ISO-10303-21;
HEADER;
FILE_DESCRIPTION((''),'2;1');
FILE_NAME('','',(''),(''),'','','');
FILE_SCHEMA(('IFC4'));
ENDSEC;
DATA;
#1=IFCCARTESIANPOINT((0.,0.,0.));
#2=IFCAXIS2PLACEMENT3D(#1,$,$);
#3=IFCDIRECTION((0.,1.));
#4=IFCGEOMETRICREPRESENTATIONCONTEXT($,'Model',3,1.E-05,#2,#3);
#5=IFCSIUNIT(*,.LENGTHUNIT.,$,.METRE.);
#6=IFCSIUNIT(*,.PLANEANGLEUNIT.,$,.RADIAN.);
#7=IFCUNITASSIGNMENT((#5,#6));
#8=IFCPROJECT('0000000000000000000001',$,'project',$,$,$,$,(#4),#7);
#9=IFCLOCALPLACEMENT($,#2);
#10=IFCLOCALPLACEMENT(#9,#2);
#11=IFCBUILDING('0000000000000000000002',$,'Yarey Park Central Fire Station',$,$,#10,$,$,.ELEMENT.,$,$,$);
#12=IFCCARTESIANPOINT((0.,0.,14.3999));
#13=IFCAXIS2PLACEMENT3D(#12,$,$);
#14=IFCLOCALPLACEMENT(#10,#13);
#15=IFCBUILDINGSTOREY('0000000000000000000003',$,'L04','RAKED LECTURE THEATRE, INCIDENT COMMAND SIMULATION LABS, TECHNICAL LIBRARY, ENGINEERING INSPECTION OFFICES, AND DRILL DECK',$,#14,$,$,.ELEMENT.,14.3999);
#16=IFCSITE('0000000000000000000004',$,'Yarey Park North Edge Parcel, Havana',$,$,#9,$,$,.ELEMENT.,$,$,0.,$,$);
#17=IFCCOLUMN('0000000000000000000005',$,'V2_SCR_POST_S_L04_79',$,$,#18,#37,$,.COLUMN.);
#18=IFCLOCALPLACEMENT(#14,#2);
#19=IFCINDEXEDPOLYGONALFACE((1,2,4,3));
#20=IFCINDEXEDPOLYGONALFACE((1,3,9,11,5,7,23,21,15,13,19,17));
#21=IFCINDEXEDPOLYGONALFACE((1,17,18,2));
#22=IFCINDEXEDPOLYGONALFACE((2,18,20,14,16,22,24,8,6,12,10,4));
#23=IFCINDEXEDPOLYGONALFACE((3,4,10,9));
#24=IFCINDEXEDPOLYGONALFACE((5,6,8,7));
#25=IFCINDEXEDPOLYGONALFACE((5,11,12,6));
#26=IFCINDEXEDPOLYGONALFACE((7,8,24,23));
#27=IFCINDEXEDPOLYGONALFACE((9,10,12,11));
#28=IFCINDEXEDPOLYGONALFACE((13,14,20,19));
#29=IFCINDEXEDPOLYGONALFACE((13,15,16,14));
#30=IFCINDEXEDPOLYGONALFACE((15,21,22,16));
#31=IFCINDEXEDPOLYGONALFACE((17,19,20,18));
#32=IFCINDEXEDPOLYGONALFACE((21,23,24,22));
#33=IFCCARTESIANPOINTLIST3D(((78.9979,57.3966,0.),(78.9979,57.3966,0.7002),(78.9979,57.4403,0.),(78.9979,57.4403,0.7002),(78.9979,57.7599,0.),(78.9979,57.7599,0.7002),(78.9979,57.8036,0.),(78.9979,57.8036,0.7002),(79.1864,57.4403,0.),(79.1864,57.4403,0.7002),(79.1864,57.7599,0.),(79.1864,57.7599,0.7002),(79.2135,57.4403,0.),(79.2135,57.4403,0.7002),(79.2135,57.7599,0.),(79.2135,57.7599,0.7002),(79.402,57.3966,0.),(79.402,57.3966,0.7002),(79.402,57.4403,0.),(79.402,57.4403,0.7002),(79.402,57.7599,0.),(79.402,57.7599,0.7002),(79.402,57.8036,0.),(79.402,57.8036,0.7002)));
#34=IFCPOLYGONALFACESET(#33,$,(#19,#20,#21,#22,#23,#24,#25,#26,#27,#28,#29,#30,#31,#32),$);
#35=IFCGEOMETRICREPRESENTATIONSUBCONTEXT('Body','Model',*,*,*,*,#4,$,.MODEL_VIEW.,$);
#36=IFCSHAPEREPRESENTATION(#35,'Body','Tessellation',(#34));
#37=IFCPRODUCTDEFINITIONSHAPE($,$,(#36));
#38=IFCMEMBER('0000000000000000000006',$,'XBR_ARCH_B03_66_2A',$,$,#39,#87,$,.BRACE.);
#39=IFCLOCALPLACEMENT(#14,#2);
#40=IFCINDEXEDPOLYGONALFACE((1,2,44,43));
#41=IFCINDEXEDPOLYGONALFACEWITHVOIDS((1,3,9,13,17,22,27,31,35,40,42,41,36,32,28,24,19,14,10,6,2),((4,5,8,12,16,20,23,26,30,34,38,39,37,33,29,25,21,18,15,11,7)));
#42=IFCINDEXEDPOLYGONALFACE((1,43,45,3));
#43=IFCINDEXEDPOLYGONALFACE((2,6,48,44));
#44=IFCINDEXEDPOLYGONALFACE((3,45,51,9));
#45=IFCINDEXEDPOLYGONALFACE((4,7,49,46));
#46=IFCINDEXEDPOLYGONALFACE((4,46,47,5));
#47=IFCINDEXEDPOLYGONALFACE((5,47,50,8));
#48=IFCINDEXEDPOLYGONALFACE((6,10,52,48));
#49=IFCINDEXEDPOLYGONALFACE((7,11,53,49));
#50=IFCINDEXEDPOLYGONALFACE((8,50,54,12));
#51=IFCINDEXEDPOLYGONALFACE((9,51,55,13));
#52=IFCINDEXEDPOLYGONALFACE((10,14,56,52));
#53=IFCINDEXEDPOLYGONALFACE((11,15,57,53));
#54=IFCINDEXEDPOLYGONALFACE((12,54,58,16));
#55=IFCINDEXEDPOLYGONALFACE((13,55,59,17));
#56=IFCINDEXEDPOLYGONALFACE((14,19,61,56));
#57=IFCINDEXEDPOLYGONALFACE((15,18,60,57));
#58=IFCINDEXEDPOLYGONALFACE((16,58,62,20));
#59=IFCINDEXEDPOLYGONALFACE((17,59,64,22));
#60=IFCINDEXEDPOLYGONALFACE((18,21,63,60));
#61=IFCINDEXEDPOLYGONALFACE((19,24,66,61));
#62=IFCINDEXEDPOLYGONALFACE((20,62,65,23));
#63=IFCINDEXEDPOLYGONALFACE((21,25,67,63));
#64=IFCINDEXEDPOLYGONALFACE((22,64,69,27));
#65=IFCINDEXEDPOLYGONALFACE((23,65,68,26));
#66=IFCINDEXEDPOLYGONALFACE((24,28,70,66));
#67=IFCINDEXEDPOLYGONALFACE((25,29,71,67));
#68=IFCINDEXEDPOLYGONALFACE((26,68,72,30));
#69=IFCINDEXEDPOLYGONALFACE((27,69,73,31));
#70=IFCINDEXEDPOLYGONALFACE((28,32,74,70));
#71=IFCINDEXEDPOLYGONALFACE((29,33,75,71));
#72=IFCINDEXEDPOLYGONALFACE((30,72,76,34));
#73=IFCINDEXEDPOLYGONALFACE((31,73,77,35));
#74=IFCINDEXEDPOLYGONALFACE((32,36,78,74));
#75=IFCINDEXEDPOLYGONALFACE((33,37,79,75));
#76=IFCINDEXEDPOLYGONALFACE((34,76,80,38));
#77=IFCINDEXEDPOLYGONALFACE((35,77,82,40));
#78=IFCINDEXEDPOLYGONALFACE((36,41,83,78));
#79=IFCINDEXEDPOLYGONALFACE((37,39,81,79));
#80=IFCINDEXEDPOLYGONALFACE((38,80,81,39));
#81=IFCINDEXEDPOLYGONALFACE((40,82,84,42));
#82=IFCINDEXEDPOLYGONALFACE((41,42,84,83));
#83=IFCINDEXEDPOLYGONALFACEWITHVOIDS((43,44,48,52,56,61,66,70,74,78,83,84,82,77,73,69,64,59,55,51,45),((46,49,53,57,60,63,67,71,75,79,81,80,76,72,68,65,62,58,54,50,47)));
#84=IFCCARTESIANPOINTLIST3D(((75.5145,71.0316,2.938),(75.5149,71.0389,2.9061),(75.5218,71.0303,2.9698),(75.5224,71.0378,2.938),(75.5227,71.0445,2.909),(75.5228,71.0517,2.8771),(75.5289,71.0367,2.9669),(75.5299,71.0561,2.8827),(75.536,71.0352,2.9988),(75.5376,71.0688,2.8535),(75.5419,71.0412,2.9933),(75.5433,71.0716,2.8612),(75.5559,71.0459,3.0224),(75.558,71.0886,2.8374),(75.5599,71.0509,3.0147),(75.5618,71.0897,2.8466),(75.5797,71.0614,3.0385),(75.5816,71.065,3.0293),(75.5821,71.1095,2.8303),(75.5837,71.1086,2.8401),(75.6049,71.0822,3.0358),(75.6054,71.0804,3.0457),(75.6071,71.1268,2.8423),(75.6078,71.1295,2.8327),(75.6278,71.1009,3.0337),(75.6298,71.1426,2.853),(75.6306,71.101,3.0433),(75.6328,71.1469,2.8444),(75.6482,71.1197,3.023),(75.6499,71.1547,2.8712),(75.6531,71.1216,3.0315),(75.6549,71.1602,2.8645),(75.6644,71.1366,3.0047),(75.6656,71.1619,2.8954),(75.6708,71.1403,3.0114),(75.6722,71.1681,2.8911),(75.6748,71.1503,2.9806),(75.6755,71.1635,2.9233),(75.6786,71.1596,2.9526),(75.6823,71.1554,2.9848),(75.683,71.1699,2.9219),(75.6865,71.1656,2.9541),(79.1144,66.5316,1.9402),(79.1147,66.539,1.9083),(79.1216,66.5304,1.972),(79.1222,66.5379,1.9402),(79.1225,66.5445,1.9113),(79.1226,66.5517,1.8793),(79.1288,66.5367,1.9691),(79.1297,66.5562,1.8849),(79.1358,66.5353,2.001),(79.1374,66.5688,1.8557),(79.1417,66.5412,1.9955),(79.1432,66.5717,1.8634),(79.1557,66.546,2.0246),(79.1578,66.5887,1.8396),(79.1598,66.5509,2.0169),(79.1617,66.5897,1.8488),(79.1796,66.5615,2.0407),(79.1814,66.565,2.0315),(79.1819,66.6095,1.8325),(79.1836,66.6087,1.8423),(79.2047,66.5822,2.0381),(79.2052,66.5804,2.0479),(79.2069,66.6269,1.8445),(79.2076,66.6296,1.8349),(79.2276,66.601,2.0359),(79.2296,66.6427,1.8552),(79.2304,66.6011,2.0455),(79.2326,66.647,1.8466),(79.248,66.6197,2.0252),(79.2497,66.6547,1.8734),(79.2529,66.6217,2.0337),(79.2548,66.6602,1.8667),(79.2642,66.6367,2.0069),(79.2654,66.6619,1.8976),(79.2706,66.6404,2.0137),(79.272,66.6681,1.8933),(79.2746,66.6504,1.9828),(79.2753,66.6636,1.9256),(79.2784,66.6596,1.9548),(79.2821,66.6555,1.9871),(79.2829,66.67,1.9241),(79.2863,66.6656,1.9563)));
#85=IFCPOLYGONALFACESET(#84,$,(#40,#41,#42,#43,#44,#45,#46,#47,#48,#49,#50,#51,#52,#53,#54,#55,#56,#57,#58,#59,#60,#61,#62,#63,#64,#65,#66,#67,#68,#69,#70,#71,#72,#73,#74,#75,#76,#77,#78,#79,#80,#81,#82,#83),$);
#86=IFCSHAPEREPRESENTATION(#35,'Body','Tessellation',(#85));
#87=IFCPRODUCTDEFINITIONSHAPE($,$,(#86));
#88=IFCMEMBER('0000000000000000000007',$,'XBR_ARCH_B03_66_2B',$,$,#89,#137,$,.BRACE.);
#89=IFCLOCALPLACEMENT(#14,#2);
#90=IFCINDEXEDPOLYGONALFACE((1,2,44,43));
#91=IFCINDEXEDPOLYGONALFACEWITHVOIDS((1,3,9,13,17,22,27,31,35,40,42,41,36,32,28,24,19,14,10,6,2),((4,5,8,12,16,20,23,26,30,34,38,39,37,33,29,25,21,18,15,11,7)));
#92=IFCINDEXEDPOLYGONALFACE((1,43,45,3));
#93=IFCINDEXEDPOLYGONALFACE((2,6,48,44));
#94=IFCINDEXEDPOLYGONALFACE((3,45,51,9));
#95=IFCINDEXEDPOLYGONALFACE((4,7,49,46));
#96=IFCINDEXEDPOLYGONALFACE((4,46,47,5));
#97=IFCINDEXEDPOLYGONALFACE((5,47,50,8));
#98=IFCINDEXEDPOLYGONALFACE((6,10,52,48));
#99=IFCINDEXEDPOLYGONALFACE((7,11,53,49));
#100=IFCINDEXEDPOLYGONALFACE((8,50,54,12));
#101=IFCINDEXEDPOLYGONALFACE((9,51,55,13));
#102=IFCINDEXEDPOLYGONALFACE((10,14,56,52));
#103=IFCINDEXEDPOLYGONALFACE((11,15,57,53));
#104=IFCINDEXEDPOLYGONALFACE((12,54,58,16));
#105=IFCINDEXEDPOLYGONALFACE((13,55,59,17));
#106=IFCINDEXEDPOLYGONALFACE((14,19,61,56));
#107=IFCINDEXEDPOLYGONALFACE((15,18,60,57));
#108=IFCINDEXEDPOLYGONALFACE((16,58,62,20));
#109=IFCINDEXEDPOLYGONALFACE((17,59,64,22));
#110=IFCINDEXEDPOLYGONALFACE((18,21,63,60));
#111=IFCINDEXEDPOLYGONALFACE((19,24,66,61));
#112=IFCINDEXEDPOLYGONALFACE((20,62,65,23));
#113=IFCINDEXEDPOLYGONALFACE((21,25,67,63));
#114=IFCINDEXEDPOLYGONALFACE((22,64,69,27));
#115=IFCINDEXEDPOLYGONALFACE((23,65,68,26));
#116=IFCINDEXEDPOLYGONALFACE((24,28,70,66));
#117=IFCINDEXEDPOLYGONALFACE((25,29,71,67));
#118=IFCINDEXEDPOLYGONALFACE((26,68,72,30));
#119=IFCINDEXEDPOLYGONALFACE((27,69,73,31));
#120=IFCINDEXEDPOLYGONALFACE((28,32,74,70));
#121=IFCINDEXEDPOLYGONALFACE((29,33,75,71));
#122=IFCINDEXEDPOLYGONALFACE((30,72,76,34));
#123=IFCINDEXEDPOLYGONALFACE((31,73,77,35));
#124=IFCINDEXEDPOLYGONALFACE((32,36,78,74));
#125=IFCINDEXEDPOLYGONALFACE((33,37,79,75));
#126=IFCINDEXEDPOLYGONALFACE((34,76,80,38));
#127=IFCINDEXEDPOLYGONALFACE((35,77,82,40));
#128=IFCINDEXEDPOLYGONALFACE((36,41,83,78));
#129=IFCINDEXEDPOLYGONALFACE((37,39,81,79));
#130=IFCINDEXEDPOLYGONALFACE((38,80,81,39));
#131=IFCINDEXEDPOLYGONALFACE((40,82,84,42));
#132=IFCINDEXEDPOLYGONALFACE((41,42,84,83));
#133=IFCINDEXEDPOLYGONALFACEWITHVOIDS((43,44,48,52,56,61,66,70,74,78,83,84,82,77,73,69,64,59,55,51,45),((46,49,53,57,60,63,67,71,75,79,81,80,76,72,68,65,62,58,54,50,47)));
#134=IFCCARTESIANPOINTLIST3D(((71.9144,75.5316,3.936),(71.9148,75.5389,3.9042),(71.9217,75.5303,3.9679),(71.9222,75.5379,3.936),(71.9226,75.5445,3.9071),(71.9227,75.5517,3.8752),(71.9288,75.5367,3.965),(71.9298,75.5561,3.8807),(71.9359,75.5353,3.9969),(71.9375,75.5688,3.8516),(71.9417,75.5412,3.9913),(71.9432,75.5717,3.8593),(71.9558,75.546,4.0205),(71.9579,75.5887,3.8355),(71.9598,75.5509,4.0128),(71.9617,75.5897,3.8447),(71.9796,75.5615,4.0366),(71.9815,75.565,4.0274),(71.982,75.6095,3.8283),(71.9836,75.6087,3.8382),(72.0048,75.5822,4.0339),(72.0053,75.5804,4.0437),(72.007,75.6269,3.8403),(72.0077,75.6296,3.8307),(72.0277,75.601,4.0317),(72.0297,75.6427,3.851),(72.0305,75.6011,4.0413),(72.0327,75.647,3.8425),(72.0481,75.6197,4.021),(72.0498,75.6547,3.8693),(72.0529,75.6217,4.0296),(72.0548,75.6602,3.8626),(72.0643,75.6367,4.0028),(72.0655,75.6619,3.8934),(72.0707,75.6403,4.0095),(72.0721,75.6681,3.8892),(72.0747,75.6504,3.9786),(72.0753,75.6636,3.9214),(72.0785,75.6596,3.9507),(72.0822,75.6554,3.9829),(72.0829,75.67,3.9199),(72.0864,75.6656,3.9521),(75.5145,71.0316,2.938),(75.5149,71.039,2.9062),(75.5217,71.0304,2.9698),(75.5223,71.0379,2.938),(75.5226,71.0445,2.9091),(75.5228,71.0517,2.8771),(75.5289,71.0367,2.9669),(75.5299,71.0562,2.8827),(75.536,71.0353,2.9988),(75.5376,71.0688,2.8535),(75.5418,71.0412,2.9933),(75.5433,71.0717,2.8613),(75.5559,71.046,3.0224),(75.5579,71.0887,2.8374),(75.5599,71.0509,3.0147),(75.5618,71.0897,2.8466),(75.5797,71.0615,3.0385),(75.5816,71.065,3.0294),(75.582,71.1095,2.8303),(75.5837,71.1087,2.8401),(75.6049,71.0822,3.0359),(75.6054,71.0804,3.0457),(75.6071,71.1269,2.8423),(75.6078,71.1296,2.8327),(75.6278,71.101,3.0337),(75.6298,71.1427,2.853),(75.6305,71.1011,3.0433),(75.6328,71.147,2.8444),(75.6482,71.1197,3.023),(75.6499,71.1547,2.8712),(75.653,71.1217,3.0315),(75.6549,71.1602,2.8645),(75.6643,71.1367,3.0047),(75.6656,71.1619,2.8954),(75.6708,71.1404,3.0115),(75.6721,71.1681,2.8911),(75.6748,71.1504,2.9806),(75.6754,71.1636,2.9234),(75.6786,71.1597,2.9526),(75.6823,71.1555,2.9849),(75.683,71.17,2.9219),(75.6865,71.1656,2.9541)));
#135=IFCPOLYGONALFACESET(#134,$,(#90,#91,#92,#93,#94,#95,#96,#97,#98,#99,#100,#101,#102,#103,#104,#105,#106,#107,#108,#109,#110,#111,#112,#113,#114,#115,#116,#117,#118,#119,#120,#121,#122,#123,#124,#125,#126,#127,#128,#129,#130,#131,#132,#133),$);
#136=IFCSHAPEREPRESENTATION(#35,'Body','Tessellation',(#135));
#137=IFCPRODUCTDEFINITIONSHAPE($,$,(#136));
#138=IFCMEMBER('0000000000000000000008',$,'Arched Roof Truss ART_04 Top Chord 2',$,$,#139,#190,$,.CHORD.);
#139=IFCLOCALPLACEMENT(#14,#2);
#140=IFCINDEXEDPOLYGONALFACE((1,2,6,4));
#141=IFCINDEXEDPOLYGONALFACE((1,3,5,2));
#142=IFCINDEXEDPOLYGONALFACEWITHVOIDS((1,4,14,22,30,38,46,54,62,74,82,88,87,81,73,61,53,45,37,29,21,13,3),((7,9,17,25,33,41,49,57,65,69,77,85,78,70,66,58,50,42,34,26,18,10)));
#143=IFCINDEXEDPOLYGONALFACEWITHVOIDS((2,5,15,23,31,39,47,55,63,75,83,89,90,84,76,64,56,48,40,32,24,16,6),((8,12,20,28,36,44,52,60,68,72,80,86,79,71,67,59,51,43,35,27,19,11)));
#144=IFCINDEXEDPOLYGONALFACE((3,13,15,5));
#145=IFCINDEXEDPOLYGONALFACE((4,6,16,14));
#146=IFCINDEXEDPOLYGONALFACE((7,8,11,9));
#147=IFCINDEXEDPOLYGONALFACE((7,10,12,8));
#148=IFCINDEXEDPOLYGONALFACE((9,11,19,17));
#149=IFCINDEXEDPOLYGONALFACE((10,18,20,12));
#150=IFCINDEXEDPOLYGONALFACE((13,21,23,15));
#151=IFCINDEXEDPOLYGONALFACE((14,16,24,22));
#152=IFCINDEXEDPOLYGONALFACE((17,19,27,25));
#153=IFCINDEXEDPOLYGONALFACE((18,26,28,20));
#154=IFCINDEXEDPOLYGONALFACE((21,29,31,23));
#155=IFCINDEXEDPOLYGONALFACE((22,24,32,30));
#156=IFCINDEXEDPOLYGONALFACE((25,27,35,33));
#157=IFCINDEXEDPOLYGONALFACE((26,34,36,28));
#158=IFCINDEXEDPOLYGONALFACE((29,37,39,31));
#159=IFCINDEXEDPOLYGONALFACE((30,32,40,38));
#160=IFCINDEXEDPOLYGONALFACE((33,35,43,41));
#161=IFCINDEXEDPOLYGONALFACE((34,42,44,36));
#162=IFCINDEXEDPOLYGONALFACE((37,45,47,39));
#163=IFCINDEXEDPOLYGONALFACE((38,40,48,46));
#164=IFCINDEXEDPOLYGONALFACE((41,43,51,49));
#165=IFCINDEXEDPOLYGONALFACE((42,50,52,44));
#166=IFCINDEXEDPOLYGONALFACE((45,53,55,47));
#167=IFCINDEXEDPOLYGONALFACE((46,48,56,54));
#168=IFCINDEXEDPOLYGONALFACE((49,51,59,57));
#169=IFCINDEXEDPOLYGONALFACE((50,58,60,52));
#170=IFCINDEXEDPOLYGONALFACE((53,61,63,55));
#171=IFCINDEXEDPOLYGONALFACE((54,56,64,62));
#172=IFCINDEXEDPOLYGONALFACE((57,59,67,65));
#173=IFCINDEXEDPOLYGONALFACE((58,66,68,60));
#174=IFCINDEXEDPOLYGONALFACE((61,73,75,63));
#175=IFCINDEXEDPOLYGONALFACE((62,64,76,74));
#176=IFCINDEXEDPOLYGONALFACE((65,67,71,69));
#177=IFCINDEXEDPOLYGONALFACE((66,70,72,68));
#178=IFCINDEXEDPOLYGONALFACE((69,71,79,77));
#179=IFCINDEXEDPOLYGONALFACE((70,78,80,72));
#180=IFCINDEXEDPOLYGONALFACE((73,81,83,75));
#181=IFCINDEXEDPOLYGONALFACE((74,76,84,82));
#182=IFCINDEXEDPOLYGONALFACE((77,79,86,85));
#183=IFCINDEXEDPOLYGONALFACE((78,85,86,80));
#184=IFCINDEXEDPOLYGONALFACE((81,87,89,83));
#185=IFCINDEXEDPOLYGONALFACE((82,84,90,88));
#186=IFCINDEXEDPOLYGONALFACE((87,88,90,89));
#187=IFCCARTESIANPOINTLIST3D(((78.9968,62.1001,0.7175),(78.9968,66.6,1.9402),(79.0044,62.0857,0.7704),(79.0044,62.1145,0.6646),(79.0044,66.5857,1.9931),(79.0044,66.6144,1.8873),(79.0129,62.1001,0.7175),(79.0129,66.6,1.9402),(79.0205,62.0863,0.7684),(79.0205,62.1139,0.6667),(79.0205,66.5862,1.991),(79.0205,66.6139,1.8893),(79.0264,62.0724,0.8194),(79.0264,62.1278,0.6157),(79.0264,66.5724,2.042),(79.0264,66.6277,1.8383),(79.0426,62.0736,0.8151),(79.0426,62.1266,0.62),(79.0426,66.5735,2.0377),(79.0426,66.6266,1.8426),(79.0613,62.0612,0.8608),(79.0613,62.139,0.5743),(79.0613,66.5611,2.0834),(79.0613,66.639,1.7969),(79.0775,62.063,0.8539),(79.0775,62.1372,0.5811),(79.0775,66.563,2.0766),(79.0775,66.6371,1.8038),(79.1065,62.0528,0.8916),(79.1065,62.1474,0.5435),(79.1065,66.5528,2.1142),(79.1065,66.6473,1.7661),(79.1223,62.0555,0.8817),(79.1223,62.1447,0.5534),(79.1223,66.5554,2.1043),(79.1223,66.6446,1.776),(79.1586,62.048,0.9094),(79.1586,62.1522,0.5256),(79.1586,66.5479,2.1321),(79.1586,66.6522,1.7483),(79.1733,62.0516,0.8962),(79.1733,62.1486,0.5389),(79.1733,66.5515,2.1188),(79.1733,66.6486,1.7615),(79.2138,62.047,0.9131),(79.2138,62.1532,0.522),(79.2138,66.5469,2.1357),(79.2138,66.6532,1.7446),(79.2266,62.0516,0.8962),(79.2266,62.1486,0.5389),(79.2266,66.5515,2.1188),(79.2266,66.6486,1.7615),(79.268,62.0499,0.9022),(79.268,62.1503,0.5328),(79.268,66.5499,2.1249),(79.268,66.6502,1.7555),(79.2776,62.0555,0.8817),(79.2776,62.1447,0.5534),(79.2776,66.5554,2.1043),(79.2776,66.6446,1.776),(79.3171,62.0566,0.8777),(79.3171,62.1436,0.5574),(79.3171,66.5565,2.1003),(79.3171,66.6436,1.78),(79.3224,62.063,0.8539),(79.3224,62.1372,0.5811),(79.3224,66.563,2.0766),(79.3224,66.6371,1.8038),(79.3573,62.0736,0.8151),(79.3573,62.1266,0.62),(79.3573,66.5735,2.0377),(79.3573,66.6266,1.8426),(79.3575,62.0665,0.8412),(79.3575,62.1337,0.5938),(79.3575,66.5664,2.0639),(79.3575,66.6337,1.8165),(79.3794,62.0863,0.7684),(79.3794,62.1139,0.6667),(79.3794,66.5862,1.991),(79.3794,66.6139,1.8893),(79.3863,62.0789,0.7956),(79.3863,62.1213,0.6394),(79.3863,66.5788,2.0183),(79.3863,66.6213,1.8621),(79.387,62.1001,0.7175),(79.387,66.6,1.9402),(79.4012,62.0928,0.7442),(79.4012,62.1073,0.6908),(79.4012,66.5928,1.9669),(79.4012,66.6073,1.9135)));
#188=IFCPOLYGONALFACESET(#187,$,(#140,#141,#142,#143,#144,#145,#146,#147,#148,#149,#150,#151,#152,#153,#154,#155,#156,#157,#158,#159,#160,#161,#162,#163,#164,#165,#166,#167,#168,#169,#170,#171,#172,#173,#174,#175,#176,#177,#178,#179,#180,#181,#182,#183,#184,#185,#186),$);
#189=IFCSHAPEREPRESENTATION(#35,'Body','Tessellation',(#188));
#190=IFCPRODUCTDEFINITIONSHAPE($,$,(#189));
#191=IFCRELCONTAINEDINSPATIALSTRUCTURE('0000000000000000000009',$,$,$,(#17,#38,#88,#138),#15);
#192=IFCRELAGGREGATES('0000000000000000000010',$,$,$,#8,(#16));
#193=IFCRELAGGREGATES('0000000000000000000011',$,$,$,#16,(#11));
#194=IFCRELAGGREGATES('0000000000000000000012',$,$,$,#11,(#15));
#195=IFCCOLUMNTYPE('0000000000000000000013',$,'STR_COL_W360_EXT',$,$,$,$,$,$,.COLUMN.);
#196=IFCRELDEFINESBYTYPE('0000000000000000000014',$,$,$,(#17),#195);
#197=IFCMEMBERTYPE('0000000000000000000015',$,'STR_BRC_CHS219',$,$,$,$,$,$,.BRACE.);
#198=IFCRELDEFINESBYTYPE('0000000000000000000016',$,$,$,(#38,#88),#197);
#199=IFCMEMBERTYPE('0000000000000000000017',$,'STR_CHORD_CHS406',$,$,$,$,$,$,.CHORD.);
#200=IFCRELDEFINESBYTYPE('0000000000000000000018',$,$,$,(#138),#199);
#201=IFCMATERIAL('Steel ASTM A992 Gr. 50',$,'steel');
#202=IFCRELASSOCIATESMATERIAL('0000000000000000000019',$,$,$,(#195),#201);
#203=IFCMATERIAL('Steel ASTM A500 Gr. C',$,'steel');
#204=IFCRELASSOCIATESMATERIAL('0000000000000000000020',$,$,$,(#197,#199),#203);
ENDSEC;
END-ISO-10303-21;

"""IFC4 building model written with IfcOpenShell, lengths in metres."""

from ifc_helpers import new_model, si_unit, direction, frame, origin, origin_2d, place, context, subcontext, project, spatial, hollow_circle, i_section, extrude, material, material_profile, profile_set, type_object, element, save


model = new_model("IFC4")

# Units and contexts
model_context = context("Model", 3, precision=1e-05, world=origin(), true_north=direction((0.0, 1.0)))
body_context = subcontext(model_context, "Body", "Model", "MODEL_VIEW")
ifc_project = project(units=[si_unit("LENGTHUNIT", "METRE"), si_unit("PLANEANGLEUNIT", "RADIAN")], contexts=[model_context])

# Site, building, storey
site_placement = place(None, origin())
site = spatial("IfcSite", under=ifc_project, at=site_placement, Name="Yarey Park North Edge Parcel, Havana", CompositionType="ELEMENT", RefElevation=0.0)
building_placement = place(site_placement, origin())
building = spatial("IfcBuilding", under=site, at=building_placement, Name="Yarey Park Central Fire Station", CompositionType="ELEMENT")
storey_placement = place(building_placement, frame((0.0, 0.0, 14.3999)))
storey = spatial("IfcBuildingStorey", under=building, at=storey_placement, Name="L04", Description="RAKED LECTURE THEATRE, INCIDENT COMMAND SIMULATION LABS, TECHNICAL LIBRARY, ENGINEERING INSPECTION OFFICES, AND DRILL DECK", CompositionType="ELEMENT", Elevation=14.3999)

# Column
ifc_material_1 = material(Name="Steel ASTM A992 Gr. 50", Category="steel")
ifc_material_profile_1 = material_profile(ifc_material_1, i_section(OverallWidth=0.4041, OverallDepth=0.407, WebThickness=0.0271, FlangeThickness=0.0437, at=origin_2d()), Name="W360x347")
ifc_profile_set_1 = profile_set([ifc_material_profile_1], Name="Steel ASTM A992 Gr. 50")
column_type = type_object("IfcColumnType", Name="STR_COL_W360_EXT", PredefinedType="COLUMN", material=ifc_profile_set_1)
column_placement = place(storey_placement, frame((79.2, 57.6001, 0.0), z_axis=(0.0, 0.0, 1.0), x_axis=(1.0, 0.0, 0.0)))
element("IfcColumn", 1, at=column_placement, inside=storey, type_object=column_type, Name="V2_SCR_POST_S_L04_79", PredefinedType="COLUMN", context=body_context, shape_type="SweptSolid", body=[
    extrude(i_section(OverallWidth=0.4041, OverallDepth=0.407, WebThickness=0.0271, FlangeThickness=0.0437, at=origin_2d()), origin(), (0.0, 0.0, 1.0), 0.7002),
])

# Members
ifc_material_2 = material(Name="Steel ASTM A500 Gr. C", Category="steel")
ifc_material_profile_2 = material_profile(ifc_material_2, hollow_circle(Radius=0.1096, WallThickness=0.01, at=origin_2d()), Name="CHS 219.1x10")
ifc_profile_set_2 = profile_set([ifc_material_profile_2], Name="Steel ASTM A500 Gr. C")
member_type_1 = type_object("IfcMemberType", Name="STR_BRC_CHS219", PredefinedType="BRACE", material=ifc_profile_set_2)
member_1_placement = place(storey_placement, frame((79.2, 66.6001, 1.9402), z_axis=(-0.615521, 0.769433, 0.170609), x_axis=(-0.780881, -0.62468, 0.0)))
element("IfcMember", 2, at=member_1_placement, inside=storey, type_object=member_type_1, Name="XBR_ARCH_B03_66_2A", PredefinedType="BRACE", context=body_context, shape_type="SweptSolid", body=[
    extrude(hollow_circle(Radius=0.1096, WallThickness=0.01, at=origin_2d()), origin(), (0.0, 0.0, 1.0), 5.8484),
])
member_2_placement = place(storey_placement, frame((75.6001, 71.1001, 2.938), z_axis=(-0.615543, 0.769407, 0.170645), x_axis=(-0.780861, -0.624705, 0.0)))
element("IfcMember", 3, at=member_2_placement, inside=storey, type_object=member_type_1, Name="XBR_ARCH_B03_66_2B", PredefinedType="BRACE", context=body_context, shape_type="SweptSolid", body=[
    extrude(hollow_circle(Radius=0.1096, WallThickness=0.01, at=origin_2d()), origin(), (0.0, 0.0, 1.0), 5.8486),
])
ifc_material_profile_3 = material_profile(ifc_material_2, hollow_circle(Radius=0.2031, WallThickness=0.0161, at=origin_2d()), Name="CHS 406.4x16")
ifc_profile_set_3 = profile_set([ifc_material_profile_3], Name="Steel ASTM A500 Gr. C")
member_type_2 = type_object("IfcMemberType", Name="STR_CHORD_CHS406", PredefinedType="CHORD", material=ifc_profile_set_3)
member_3_placement = place(storey_placement, frame((79.2, 62.1001, 0.7175), z_axis=(0.0, 0.965015, 0.262196), x_axis=(-1.0, 0.0, 0.0)))
element("IfcMember", 4, at=member_3_placement, inside=storey, type_object=member_type_2, Name="Arched Roof Truss ART_04 Top Chord 2", PredefinedType="CHORD", context=body_context, shape_type="SweptSolid", body=[
    extrude(hollow_circle(Radius=0.2031, WallThickness=0.0161, at=origin_2d()), origin(), (0.0, 0.0, 1.0), 4.6631),
])

save(model, "model.ifc")
